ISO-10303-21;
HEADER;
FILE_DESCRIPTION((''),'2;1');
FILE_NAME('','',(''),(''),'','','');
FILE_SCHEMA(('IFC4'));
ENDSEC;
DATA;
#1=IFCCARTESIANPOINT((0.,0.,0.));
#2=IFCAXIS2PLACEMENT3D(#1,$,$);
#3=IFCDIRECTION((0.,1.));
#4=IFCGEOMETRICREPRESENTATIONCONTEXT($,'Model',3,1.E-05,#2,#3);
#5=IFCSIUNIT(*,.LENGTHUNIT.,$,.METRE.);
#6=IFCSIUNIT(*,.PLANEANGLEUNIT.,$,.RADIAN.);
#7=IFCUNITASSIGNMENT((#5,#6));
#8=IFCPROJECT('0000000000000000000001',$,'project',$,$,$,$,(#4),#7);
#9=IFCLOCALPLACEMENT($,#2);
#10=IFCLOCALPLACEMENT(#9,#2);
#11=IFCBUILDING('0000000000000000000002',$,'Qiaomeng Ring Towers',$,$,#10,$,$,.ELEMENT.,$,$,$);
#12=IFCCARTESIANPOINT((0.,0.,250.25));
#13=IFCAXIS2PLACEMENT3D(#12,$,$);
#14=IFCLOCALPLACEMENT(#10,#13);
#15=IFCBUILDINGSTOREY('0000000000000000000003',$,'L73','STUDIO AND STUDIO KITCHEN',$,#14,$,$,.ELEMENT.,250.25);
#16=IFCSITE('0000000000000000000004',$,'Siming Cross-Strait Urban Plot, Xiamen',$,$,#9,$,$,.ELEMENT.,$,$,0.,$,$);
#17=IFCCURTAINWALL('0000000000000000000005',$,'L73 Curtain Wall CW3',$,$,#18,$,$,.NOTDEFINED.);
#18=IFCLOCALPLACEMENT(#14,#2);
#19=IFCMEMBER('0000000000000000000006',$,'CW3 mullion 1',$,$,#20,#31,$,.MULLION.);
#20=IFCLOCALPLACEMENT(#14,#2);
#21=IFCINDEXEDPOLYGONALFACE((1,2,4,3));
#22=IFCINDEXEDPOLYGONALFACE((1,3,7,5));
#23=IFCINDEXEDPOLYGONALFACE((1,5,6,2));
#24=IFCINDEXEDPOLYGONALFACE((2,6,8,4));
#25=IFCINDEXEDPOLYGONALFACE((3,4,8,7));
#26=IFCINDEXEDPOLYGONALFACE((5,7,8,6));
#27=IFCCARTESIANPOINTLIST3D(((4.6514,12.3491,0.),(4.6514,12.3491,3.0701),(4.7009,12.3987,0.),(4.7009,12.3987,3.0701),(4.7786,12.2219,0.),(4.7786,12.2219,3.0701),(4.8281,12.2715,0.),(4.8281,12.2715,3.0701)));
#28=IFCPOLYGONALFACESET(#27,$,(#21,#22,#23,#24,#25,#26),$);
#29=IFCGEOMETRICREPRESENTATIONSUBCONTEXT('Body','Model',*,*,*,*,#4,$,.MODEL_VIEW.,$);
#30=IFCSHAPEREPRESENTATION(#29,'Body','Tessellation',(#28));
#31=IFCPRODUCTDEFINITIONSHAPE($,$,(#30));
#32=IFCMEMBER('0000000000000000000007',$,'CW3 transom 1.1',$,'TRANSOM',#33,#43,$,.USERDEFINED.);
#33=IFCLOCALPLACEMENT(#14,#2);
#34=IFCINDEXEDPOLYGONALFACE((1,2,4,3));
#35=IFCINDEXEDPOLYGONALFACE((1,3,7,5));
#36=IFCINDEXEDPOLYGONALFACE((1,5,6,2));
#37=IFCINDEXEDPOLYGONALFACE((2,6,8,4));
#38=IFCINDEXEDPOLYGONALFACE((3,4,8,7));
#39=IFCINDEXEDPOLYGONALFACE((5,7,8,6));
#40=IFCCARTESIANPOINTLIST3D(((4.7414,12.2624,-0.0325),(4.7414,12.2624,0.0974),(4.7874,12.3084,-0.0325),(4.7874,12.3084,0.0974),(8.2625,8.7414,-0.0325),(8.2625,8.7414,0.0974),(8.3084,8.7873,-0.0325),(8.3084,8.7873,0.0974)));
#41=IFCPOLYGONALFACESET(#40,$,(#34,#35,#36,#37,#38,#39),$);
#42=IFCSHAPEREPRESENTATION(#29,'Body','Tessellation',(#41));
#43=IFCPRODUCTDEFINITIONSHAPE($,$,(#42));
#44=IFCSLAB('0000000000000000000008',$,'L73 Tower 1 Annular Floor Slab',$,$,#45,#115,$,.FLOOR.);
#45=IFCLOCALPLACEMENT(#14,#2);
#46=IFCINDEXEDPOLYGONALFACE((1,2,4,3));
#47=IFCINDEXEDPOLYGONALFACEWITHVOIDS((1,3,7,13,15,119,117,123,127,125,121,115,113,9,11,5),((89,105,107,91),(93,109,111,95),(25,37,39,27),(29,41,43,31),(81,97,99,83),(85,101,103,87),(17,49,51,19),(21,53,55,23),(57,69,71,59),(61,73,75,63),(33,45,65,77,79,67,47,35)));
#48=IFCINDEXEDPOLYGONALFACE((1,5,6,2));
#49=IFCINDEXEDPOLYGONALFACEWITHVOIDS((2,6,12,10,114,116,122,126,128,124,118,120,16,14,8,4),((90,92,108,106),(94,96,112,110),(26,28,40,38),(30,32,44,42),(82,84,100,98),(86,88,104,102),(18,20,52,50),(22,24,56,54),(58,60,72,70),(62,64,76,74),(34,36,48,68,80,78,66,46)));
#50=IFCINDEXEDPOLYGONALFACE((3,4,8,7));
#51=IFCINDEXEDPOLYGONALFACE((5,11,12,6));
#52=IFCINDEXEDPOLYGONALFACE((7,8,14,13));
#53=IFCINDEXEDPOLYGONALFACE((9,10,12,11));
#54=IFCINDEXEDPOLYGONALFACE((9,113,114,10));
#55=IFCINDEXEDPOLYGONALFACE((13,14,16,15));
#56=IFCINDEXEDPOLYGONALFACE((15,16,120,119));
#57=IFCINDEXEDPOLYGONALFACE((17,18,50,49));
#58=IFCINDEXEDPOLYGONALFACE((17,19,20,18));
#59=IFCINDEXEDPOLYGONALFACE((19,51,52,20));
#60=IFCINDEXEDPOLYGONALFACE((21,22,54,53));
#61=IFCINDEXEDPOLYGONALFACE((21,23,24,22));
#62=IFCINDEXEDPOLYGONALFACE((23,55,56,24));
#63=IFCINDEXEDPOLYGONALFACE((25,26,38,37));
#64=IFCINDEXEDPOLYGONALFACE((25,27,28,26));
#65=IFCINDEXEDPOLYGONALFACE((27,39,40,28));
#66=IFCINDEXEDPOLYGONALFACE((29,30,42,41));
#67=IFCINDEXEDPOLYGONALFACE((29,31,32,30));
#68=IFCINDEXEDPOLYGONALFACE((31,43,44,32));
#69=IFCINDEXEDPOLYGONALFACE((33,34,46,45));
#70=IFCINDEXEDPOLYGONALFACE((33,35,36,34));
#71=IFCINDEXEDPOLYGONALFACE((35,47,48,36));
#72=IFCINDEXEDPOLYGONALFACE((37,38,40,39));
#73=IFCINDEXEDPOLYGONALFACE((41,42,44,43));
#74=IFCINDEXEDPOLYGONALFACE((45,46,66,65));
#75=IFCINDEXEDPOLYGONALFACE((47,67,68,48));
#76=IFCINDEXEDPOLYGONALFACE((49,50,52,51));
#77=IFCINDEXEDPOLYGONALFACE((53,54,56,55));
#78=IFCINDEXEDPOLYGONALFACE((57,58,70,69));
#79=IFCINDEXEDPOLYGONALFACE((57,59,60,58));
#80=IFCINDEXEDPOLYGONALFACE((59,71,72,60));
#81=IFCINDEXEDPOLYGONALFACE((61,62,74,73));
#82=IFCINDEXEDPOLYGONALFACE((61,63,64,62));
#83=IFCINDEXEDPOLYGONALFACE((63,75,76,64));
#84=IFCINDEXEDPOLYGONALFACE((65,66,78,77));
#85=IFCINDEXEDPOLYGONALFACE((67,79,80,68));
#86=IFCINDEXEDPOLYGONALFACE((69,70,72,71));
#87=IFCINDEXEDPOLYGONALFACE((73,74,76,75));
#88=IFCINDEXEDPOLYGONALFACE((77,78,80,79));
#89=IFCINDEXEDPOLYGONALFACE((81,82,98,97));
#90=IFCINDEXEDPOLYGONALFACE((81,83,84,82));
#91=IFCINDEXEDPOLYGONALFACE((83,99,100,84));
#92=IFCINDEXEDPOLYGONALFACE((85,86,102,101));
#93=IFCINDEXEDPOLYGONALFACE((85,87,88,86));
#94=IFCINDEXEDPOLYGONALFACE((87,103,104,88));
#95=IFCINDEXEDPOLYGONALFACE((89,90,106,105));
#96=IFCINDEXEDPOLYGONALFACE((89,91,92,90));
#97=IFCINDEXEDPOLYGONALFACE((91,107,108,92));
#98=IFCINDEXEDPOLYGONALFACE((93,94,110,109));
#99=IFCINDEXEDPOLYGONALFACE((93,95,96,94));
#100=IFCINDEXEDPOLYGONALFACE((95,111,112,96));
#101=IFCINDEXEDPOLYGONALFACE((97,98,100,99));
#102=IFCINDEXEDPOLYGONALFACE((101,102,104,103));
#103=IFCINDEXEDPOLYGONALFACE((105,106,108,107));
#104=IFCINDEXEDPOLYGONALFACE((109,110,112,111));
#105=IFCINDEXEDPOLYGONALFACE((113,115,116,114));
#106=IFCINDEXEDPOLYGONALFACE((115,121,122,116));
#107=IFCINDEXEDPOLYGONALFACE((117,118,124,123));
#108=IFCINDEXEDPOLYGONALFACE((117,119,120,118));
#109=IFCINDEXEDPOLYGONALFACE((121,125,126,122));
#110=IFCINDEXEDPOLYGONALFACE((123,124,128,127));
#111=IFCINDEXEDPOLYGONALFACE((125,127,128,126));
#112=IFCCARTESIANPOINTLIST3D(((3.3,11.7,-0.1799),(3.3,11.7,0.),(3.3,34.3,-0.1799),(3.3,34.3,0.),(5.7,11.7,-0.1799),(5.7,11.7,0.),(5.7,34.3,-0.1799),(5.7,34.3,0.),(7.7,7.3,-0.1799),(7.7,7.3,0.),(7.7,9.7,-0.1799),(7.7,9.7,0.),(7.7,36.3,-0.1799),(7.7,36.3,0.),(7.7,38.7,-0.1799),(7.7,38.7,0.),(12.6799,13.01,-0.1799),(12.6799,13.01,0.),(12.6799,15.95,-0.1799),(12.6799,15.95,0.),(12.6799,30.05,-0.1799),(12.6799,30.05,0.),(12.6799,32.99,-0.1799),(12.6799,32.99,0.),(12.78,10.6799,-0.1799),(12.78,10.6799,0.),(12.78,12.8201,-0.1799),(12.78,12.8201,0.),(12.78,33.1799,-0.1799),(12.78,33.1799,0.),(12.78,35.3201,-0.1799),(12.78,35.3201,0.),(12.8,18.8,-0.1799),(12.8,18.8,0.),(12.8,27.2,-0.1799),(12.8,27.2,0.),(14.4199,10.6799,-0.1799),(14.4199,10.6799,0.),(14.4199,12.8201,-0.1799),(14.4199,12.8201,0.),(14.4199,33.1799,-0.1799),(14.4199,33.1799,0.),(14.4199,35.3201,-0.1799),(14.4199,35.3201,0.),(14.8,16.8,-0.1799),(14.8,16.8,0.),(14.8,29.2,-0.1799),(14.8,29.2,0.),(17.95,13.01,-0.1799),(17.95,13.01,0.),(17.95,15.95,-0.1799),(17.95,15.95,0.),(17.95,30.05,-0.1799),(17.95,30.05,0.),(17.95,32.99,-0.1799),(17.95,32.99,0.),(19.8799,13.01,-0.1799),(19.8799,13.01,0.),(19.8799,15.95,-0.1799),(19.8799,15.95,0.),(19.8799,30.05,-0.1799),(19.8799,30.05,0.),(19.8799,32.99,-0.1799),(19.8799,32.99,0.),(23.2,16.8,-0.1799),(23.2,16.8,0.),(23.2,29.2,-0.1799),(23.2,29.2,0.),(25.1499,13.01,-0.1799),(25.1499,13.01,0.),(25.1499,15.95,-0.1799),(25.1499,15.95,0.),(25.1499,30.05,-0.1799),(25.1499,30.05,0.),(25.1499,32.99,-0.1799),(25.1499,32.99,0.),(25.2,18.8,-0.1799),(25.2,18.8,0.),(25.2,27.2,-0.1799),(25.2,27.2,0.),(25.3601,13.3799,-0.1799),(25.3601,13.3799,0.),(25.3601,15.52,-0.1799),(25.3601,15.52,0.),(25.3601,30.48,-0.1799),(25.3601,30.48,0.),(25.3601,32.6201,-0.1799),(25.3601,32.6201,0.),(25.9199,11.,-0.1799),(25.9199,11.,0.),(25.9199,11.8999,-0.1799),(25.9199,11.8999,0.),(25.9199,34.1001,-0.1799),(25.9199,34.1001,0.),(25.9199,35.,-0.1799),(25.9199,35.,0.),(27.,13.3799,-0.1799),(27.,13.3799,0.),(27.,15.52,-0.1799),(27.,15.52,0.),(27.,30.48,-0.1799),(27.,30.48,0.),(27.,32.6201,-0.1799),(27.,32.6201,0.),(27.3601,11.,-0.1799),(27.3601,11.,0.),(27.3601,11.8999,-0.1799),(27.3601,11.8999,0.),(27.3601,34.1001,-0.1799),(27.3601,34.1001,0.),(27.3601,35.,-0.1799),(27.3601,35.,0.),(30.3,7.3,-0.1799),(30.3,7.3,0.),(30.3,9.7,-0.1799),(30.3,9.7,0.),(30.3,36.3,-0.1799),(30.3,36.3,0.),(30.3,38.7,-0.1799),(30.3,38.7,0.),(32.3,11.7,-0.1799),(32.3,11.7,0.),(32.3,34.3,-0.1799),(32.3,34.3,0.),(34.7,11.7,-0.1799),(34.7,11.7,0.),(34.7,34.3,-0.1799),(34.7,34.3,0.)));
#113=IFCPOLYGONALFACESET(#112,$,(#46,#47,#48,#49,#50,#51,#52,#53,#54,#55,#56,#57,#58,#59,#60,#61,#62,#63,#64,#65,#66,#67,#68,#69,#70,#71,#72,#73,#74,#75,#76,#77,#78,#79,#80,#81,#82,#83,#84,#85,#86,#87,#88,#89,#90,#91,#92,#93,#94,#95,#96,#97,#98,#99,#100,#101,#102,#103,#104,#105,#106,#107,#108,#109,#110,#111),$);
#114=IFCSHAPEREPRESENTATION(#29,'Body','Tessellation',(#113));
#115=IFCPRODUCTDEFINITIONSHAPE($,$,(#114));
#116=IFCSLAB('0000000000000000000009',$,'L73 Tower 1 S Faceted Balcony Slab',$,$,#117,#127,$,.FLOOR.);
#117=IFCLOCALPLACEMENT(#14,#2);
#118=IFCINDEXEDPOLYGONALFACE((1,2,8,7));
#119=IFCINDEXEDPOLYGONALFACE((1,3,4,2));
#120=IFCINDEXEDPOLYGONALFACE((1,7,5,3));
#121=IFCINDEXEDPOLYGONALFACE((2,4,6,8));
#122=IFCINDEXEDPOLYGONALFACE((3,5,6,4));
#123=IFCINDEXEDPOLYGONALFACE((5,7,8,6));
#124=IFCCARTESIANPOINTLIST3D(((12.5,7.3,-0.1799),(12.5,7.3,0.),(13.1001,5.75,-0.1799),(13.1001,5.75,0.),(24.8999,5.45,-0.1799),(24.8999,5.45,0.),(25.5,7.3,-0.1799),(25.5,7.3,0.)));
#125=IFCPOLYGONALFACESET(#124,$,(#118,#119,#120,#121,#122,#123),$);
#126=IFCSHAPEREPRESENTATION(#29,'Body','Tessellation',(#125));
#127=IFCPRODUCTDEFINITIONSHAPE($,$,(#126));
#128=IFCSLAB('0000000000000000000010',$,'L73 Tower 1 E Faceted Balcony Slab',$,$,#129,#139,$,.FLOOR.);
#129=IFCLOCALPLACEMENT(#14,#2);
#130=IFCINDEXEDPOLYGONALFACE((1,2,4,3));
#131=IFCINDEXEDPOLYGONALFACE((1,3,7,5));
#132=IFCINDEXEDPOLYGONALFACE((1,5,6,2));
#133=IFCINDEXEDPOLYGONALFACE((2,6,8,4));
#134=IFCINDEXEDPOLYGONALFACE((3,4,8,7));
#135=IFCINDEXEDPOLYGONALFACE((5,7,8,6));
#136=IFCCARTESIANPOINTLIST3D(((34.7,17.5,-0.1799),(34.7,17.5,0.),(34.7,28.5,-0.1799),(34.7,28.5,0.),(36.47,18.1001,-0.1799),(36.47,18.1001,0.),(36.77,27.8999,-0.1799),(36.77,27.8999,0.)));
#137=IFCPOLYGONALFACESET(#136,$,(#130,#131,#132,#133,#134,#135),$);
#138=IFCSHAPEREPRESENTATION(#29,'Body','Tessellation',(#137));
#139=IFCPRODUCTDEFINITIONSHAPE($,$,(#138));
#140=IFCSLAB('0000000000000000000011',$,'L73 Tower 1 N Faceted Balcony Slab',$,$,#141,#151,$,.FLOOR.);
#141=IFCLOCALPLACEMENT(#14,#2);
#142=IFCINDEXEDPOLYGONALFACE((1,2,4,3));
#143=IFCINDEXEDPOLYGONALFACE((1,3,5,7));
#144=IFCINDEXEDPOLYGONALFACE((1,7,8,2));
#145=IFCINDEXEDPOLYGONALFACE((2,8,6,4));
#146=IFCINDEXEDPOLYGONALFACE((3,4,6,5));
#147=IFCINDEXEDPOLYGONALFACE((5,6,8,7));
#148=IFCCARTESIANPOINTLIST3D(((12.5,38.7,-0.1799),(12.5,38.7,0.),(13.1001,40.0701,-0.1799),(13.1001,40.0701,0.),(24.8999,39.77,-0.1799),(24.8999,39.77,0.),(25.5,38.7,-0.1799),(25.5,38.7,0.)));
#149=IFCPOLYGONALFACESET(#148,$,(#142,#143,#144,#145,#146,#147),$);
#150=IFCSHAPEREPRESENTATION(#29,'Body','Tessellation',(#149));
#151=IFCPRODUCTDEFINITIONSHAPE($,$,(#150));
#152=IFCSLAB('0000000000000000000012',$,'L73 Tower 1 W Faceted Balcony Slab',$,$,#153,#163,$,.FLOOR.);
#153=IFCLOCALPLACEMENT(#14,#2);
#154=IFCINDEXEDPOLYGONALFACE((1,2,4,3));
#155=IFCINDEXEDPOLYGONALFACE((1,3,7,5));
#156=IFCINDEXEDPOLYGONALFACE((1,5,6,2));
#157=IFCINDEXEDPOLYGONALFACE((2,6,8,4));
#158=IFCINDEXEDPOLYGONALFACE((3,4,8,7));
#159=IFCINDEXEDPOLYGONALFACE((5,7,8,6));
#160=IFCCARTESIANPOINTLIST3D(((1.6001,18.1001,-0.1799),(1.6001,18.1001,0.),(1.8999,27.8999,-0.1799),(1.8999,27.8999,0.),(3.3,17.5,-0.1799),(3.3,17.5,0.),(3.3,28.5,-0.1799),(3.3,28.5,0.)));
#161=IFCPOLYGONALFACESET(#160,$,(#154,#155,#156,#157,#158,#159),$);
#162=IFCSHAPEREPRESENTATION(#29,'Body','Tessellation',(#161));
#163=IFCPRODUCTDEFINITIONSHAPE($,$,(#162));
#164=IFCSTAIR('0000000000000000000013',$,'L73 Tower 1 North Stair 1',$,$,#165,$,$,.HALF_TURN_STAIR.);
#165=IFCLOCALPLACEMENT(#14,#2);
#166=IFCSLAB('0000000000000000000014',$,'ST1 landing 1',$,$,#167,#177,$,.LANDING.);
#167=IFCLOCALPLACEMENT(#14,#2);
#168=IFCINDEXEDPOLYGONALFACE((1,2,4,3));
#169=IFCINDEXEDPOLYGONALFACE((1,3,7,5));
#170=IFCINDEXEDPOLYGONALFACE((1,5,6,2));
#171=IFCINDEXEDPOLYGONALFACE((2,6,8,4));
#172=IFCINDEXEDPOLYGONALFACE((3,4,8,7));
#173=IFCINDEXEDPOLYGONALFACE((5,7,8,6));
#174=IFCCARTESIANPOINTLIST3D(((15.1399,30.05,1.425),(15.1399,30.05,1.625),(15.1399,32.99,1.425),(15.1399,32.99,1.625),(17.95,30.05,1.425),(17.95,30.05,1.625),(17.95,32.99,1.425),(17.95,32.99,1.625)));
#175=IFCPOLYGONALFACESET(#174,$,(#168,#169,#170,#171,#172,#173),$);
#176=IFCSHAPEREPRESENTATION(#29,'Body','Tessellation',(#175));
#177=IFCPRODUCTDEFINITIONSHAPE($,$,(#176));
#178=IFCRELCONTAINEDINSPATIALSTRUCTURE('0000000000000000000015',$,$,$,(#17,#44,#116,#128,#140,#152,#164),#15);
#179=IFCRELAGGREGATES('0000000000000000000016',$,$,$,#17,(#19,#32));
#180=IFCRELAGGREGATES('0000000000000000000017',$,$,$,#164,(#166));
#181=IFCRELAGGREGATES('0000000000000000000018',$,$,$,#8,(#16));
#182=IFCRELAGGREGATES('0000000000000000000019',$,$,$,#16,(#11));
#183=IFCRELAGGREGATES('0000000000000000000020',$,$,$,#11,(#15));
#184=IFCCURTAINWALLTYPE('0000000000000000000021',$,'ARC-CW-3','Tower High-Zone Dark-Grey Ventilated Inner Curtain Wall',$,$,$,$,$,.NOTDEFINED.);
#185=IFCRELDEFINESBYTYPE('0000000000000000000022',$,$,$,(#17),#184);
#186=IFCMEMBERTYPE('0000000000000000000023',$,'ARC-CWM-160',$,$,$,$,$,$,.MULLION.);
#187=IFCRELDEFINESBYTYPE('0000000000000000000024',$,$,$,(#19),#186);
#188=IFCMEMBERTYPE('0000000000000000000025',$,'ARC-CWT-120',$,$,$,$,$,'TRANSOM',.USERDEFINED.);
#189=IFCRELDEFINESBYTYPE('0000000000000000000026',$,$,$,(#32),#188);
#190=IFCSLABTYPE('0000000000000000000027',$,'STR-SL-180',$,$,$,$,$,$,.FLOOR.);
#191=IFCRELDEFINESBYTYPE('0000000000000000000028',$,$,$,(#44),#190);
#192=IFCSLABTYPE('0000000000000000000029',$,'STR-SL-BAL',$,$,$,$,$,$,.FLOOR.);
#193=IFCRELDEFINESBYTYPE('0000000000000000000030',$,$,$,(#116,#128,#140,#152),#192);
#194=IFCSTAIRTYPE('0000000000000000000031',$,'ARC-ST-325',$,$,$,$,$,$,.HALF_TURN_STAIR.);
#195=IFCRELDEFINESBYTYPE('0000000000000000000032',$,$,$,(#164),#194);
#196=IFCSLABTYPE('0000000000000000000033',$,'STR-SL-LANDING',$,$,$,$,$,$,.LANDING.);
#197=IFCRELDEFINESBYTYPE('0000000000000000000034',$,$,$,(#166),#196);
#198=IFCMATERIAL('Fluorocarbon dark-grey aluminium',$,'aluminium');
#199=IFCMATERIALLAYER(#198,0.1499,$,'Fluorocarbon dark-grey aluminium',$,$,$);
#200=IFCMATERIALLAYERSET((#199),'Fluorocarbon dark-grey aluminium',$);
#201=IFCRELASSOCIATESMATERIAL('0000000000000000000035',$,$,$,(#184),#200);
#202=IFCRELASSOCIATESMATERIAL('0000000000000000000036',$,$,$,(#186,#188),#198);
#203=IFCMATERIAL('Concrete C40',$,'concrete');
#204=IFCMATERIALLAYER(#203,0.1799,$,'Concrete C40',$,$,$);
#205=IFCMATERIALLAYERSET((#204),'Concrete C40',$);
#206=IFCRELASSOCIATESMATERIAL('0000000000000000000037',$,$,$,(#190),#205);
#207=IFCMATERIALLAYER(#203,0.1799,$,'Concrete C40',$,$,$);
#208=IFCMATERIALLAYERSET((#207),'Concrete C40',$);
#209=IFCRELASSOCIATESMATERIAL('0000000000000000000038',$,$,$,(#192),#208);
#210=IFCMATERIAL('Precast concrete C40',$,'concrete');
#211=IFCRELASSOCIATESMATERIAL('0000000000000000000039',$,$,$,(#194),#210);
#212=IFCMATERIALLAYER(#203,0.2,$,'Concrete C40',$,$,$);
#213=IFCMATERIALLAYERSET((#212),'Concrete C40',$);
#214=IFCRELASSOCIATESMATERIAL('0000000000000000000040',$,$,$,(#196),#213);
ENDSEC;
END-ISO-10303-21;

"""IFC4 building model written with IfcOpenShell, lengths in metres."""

from ifc_helpers import new_model, si_unit, direction, frame, origin, origin_2d, place, context, subcontext, project, spatial, polyline, rectangle, outline, extrude, source, transform, mapped, material, layer, layer_set, material_profile, profile_set, type_object, element, aggregate, save


model = new_model("IFC4")

# Units and contexts
model_context = context("Model", 3, precision=1e-05, world=origin(), true_north=direction((0.0, 1.0)))
body_context = subcontext(model_context, "Body", "Model", "MODEL_VIEW")
ifc_project = project(units=[si_unit("LENGTHUNIT", "METRE"), si_unit("PLANEANGLEUNIT", "RADIAN")], contexts=[model_context])

# Site, building, storey
site_placement = place(None, origin())
site = spatial("IfcSite", under=ifc_project, at=site_placement, Name="Siming Cross-Strait Urban Plot, Xiamen", CompositionType="ELEMENT", RefElevation=0.0)
building_placement = place(site_placement, origin())
building = spatial("IfcBuilding", under=site, at=building_placement, Name="Qiaomeng Ring Towers", CompositionType="ELEMENT")
storey_placement = place(building_placement, frame((0.0, 0.0, 250.25)))
storey = spatial("IfcBuildingStorey", under=building, at=storey_placement, Name="L73", Description="STUDIO AND STUDIO KITCHEN", CompositionType="ELEMENT", Elevation=250.25)

# Curtain wall, members
ifc_material_1 = material(Name="Fluorocarbon dark-grey aluminium", Category="aluminium")
ifc_layer_1 = layer(ifc_material_1, 0.1499, Name="Fluorocarbon dark-grey aluminium")
ifc_layer_set_1 = layer_set([ifc_layer_1], Name="Fluorocarbon dark-grey aluminium")
curtain_wall_type = type_object("IfcCurtainWallType", Name="ARC-CW-3", Description="Tower High-Zone Dark-Grey Ventilated Inner Curtain Wall", PredefinedType="NOTDEFINED", material=ifc_layer_set_1)
curtain_wall_placement = place(storey_placement, origin())
curtain_wall = element("IfcCurtainWall", 1, at=curtain_wall_placement, inside=storey, type_object=curtain_wall_type, Name="L73 Curtain Wall CW3", PredefinedType="NOTDEFINED")
ifc_material_profile_1 = material_profile(ifc_material_1, rectangle(XDim=0.0701, YDim=0.1799, at=origin_2d()), Name="ALU MULL 70x180")
ifc_profile_set_1 = profile_set([ifc_material_profile_1], Name="Fluorocarbon dark-grey aluminium")
member_type_1 = type_object("IfcMemberType", Name="ARC-CWM-160", PredefinedType="MULLION", material=ifc_profile_set_1)
shared_shape_1 = source(origin(), body_context, "Body", "SweptSolid", [
    extrude(rectangle(XDim=0.0701, YDim=0.1799, at=origin_2d()), origin(), (0.0, 0.0, 1.0), 3.0701),
])
member_1_placement = place(storey_placement, frame((4.7397, 12.3103, 0.0), z_axis=(0.0, 0.0, 1.0), x_axis=(0.707107, 0.707107, 0.0)))
member_1 = element("IfcMember", 2, at=member_1_placement, type_object=member_type_1, Name="CW3 mullion 1", PredefinedType="MULLION", context=body_context, shape_type="MappedRepresentation", body=[
    mapped(shared_shape_1, transform((0.0, 0.0, 0.0), x_axis=(1.0, 0.0, 0.0), y_axis=(0.0, 1.0, 0.0), z_axis=(0.0, 0.0, 1.0), scale=1.0)),
])
ifc_material_profile_2 = material_profile(ifc_material_1, rectangle(XDim=0.0649, YDim=0.1299, at=origin_2d()), Name="ALU TRAN 65x130")
ifc_profile_set_2 = profile_set([ifc_material_profile_2], Name="Fluorocarbon dark-grey aluminium")
member_type_2 = type_object("IfcMemberType", Name="ARC-CWT-120", ElementType="TRANSOM", PredefinedType="USERDEFINED", material=ifc_profile_set_2)
shared_shape_2 = source(origin(), body_context, "Body", "SweptSolid", [
    extrude(rectangle(XDim=0.0649, YDim=0.1299, at=origin_2d()), origin(), (0.0, 0.0, 1.0), 4.9795),
])
member_2_placement = place(storey_placement, frame((4.7644, 12.2854, 0.0325), z_axis=(0.707107, -0.707107, 0.0), x_axis=(0.707107, 0.707107, 0.0)))
member_2 = element("IfcMember", 3, at=member_2_placement, type_object=member_type_2, Name="CW3 transom 1.1", ObjectType="TRANSOM", PredefinedType="USERDEFINED", context=body_context, shape_type="MappedRepresentation", body=[
    mapped(shared_shape_2, transform((0.0, 0.0, 0.0), x_axis=(1.0, 0.0, 0.0), y_axis=(0.0, 1.0, 0.0), z_axis=(0.0, 0.0, 1.0), scale=1.0)),
])
aggregate(curtain_wall, [member_1, member_2])

# Slabs
ifc_material_2 = material(Name="Concrete C40", Category="concrete")
ifc_layer_2 = layer(ifc_material_2, 0.1799, Name="Concrete C40")
ifc_layer_set_2 = layer_set([ifc_layer_2], Name="Concrete C40")
slab_type_1 = type_object("IfcSlabType", Name="STR-SL-180", PredefinedType="FLOOR", material=ifc_layer_set_2)
slab_1_placement = place(storey_placement, frame((0.0, 0.0, -0.1799)))
element("IfcSlab", 4, at=slab_1_placement, inside=storey, type_object=slab_type_1, Name="L73 Tower 1 Annular Floor Slab", PredefinedType="FLOOR", context=body_context, shape_type="SweptSolid", body=[
    extrude(outline(polyline([(7.7, 7.3), (30.3, 7.3), (30.3, 9.7), (32.3, 11.7), (34.7, 11.7), (34.7, 34.3), (32.3, 34.3), (30.3, 36.3), (30.3, 38.7), (7.7, 38.7), (7.7, 36.3), (5.7, 34.3), (3.3, 34.3), (3.3, 11.7), (5.7, 11.7), (7.7, 9.7), (7.7, 7.3)]), holes=[polyline([(12.78, 10.6799), (12.78, 12.8201), (14.4199, 12.8201), (14.4199, 10.6799), (12.78, 10.6799)]), polyline([(12.6799, 13.01), (12.6799, 15.95), (17.95, 15.95), (17.95, 13.01), (12.6799, 13.01)]), polyline([(23.2, 29.2), (25.2, 27.2), (25.2, 18.8), (23.2, 16.8), (14.8, 16.8), (12.8, 18.8), (12.8, 27.2), (14.8, 29.2), (23.2, 29.2)]), polyline([(12.6799, 32.99), (17.95, 32.99), (17.95, 30.05), (12.6799, 30.05), (12.6799, 32.99)]), polyline([(19.8799, 32.99), (25.1499, 32.99), (25.1499, 30.05), (19.8799, 30.05), (19.8799, 32.99)]), polyline([(12.78, 33.1799), (12.78, 35.3201), (14.4199, 35.3201), (14.4199, 33.1799), (12.78, 33.1799)]), polyline([(25.9199, 11.8999), (27.3601, 11.8999), (27.3601, 11.0), (25.9199, 11.0), (25.9199, 11.8999)]), polyline([(25.3601, 15.52), (27.0, 15.52), (27.0, 13.3799), (25.3601, 13.3799), (25.3601, 15.52)]), polyline([(19.8799, 13.01), (19.8799, 15.95), (25.1499, 15.95), (25.1499, 13.01), (19.8799, 13.01)]), polyline([(25.3601, 32.6201), (27.0, 32.6201), (27.0, 30.48), (25.3601, 30.48), (25.3601, 32.6201)]), polyline([(25.9199, 35.0), (27.3601, 35.0), (27.3601, 34.1001), (25.9199, 34.1001), (25.9199, 35.0)])]), origin(), (0.0, 0.0, 1.0), 0.1799),
])
ifc_layer_3 = layer(ifc_material_2, 0.1799, Name="Concrete C40")
ifc_layer_set_3 = layer_set([ifc_layer_3], Name="Concrete C40")
slab_type_2 = type_object("IfcSlabType", Name="STR-SL-BAL", PredefinedType="FLOOR", material=ifc_layer_set_3)
slab_2_placement = place(storey_placement, frame((0.0, 0.0, -0.1799)))
element("IfcSlab", 5, at=slab_2_placement, inside=storey, type_object=slab_type_2, Name="L73 Tower 1 S Faceted Balcony Slab", PredefinedType="FLOOR", context=body_context, shape_type="SweptSolid", body=[
    extrude(outline(polyline([(24.8999, 5.45), (13.1001, 5.75), (12.5, 7.3), (25.5, 7.3), (24.8999, 5.45)])), origin(), (0.0, 0.0, 1.0), 0.1799),
])
slab_3_placement = place(storey_placement, frame((0.0, 0.0, -0.1799)))
element("IfcSlab", 6, at=slab_3_placement, inside=storey, type_object=slab_type_2, Name="L73 Tower 1 E Faceted Balcony Slab", PredefinedType="FLOOR", context=body_context, shape_type="SweptSolid", body=[
    extrude(outline(polyline([(36.77, 27.8999), (36.47, 18.1001), (34.7, 17.5), (34.7, 28.5), (36.77, 27.8999)])), origin(), (0.0, 0.0, 1.0), 0.1799),
])
slab_4_placement = place(storey_placement, frame((0.0, 0.0, -0.1799)))
element("IfcSlab", 7, at=slab_4_placement, inside=storey, type_object=slab_type_2, Name="L73 Tower 1 N Faceted Balcony Slab", PredefinedType="FLOOR", context=body_context, shape_type="SweptSolid", body=[
    extrude(outline(polyline([(12.5, 38.7), (13.1001, 40.0701), (24.8999, 39.77), (25.5, 38.7), (12.5, 38.7)])), origin(), (0.0, 0.0, 1.0), 0.1799),
])
slab_5_placement = place(storey_placement, frame((0.0, 0.0, -0.1799)))
element("IfcSlab", 8, at=slab_5_placement, inside=storey, type_object=slab_type_2, Name="L73 Tower 1 W Faceted Balcony Slab", PredefinedType="FLOOR", context=body_context, shape_type="SweptSolid", body=[
    extrude(outline(polyline([(1.6001, 18.1001), (1.8999, 27.8999), (3.3, 28.5), (3.3, 17.5), (1.6001, 18.1001)])), origin(), (0.0, 0.0, 1.0), 0.1799),
])

# Stair, slab
ifc_material_3 = material(Name="Precast concrete C40", Category="concrete")
stair_type = type_object("IfcStairType", Name="ARC-ST-325", PredefinedType="HALF_TURN_STAIR", material=ifc_material_3)
stair_1_placement = place(storey_placement, origin())
stair_1 = element("IfcStair", 9, at=stair_1_placement, inside=storey, type_object=stair_type, Name="L73 Tower 1 North Stair 1", PredefinedType="HALF_TURN_STAIR")
ifc_layer_4 = layer(ifc_material_2, 0.2, Name="Concrete C40")
ifc_layer_set_4 = layer_set([ifc_layer_4], Name="Concrete C40")
slab_type_3 = type_object("IfcSlabType", Name="STR-SL-LANDING", PredefinedType="LANDING", material=ifc_layer_set_4)
slab_6_placement = place(storey_placement, frame((0.0, 0.0, 1.425)))
slab_6 = element("IfcSlab", 10, at=slab_6_placement, type_object=slab_type_3, Name="ST1 landing 1", PredefinedType="LANDING", context=body_context, shape_type="SweptSolid", body=[
    extrude(outline(polyline([(15.1399, 30.05), (17.95, 30.05), (17.95, 32.99), (15.1399, 32.99), (15.1399, 30.05)])), origin(), (0.0, 0.0, 1.0), 0.2),
])
aggregate(stair_1, [slab_6])

save(model, "model.ifc")
